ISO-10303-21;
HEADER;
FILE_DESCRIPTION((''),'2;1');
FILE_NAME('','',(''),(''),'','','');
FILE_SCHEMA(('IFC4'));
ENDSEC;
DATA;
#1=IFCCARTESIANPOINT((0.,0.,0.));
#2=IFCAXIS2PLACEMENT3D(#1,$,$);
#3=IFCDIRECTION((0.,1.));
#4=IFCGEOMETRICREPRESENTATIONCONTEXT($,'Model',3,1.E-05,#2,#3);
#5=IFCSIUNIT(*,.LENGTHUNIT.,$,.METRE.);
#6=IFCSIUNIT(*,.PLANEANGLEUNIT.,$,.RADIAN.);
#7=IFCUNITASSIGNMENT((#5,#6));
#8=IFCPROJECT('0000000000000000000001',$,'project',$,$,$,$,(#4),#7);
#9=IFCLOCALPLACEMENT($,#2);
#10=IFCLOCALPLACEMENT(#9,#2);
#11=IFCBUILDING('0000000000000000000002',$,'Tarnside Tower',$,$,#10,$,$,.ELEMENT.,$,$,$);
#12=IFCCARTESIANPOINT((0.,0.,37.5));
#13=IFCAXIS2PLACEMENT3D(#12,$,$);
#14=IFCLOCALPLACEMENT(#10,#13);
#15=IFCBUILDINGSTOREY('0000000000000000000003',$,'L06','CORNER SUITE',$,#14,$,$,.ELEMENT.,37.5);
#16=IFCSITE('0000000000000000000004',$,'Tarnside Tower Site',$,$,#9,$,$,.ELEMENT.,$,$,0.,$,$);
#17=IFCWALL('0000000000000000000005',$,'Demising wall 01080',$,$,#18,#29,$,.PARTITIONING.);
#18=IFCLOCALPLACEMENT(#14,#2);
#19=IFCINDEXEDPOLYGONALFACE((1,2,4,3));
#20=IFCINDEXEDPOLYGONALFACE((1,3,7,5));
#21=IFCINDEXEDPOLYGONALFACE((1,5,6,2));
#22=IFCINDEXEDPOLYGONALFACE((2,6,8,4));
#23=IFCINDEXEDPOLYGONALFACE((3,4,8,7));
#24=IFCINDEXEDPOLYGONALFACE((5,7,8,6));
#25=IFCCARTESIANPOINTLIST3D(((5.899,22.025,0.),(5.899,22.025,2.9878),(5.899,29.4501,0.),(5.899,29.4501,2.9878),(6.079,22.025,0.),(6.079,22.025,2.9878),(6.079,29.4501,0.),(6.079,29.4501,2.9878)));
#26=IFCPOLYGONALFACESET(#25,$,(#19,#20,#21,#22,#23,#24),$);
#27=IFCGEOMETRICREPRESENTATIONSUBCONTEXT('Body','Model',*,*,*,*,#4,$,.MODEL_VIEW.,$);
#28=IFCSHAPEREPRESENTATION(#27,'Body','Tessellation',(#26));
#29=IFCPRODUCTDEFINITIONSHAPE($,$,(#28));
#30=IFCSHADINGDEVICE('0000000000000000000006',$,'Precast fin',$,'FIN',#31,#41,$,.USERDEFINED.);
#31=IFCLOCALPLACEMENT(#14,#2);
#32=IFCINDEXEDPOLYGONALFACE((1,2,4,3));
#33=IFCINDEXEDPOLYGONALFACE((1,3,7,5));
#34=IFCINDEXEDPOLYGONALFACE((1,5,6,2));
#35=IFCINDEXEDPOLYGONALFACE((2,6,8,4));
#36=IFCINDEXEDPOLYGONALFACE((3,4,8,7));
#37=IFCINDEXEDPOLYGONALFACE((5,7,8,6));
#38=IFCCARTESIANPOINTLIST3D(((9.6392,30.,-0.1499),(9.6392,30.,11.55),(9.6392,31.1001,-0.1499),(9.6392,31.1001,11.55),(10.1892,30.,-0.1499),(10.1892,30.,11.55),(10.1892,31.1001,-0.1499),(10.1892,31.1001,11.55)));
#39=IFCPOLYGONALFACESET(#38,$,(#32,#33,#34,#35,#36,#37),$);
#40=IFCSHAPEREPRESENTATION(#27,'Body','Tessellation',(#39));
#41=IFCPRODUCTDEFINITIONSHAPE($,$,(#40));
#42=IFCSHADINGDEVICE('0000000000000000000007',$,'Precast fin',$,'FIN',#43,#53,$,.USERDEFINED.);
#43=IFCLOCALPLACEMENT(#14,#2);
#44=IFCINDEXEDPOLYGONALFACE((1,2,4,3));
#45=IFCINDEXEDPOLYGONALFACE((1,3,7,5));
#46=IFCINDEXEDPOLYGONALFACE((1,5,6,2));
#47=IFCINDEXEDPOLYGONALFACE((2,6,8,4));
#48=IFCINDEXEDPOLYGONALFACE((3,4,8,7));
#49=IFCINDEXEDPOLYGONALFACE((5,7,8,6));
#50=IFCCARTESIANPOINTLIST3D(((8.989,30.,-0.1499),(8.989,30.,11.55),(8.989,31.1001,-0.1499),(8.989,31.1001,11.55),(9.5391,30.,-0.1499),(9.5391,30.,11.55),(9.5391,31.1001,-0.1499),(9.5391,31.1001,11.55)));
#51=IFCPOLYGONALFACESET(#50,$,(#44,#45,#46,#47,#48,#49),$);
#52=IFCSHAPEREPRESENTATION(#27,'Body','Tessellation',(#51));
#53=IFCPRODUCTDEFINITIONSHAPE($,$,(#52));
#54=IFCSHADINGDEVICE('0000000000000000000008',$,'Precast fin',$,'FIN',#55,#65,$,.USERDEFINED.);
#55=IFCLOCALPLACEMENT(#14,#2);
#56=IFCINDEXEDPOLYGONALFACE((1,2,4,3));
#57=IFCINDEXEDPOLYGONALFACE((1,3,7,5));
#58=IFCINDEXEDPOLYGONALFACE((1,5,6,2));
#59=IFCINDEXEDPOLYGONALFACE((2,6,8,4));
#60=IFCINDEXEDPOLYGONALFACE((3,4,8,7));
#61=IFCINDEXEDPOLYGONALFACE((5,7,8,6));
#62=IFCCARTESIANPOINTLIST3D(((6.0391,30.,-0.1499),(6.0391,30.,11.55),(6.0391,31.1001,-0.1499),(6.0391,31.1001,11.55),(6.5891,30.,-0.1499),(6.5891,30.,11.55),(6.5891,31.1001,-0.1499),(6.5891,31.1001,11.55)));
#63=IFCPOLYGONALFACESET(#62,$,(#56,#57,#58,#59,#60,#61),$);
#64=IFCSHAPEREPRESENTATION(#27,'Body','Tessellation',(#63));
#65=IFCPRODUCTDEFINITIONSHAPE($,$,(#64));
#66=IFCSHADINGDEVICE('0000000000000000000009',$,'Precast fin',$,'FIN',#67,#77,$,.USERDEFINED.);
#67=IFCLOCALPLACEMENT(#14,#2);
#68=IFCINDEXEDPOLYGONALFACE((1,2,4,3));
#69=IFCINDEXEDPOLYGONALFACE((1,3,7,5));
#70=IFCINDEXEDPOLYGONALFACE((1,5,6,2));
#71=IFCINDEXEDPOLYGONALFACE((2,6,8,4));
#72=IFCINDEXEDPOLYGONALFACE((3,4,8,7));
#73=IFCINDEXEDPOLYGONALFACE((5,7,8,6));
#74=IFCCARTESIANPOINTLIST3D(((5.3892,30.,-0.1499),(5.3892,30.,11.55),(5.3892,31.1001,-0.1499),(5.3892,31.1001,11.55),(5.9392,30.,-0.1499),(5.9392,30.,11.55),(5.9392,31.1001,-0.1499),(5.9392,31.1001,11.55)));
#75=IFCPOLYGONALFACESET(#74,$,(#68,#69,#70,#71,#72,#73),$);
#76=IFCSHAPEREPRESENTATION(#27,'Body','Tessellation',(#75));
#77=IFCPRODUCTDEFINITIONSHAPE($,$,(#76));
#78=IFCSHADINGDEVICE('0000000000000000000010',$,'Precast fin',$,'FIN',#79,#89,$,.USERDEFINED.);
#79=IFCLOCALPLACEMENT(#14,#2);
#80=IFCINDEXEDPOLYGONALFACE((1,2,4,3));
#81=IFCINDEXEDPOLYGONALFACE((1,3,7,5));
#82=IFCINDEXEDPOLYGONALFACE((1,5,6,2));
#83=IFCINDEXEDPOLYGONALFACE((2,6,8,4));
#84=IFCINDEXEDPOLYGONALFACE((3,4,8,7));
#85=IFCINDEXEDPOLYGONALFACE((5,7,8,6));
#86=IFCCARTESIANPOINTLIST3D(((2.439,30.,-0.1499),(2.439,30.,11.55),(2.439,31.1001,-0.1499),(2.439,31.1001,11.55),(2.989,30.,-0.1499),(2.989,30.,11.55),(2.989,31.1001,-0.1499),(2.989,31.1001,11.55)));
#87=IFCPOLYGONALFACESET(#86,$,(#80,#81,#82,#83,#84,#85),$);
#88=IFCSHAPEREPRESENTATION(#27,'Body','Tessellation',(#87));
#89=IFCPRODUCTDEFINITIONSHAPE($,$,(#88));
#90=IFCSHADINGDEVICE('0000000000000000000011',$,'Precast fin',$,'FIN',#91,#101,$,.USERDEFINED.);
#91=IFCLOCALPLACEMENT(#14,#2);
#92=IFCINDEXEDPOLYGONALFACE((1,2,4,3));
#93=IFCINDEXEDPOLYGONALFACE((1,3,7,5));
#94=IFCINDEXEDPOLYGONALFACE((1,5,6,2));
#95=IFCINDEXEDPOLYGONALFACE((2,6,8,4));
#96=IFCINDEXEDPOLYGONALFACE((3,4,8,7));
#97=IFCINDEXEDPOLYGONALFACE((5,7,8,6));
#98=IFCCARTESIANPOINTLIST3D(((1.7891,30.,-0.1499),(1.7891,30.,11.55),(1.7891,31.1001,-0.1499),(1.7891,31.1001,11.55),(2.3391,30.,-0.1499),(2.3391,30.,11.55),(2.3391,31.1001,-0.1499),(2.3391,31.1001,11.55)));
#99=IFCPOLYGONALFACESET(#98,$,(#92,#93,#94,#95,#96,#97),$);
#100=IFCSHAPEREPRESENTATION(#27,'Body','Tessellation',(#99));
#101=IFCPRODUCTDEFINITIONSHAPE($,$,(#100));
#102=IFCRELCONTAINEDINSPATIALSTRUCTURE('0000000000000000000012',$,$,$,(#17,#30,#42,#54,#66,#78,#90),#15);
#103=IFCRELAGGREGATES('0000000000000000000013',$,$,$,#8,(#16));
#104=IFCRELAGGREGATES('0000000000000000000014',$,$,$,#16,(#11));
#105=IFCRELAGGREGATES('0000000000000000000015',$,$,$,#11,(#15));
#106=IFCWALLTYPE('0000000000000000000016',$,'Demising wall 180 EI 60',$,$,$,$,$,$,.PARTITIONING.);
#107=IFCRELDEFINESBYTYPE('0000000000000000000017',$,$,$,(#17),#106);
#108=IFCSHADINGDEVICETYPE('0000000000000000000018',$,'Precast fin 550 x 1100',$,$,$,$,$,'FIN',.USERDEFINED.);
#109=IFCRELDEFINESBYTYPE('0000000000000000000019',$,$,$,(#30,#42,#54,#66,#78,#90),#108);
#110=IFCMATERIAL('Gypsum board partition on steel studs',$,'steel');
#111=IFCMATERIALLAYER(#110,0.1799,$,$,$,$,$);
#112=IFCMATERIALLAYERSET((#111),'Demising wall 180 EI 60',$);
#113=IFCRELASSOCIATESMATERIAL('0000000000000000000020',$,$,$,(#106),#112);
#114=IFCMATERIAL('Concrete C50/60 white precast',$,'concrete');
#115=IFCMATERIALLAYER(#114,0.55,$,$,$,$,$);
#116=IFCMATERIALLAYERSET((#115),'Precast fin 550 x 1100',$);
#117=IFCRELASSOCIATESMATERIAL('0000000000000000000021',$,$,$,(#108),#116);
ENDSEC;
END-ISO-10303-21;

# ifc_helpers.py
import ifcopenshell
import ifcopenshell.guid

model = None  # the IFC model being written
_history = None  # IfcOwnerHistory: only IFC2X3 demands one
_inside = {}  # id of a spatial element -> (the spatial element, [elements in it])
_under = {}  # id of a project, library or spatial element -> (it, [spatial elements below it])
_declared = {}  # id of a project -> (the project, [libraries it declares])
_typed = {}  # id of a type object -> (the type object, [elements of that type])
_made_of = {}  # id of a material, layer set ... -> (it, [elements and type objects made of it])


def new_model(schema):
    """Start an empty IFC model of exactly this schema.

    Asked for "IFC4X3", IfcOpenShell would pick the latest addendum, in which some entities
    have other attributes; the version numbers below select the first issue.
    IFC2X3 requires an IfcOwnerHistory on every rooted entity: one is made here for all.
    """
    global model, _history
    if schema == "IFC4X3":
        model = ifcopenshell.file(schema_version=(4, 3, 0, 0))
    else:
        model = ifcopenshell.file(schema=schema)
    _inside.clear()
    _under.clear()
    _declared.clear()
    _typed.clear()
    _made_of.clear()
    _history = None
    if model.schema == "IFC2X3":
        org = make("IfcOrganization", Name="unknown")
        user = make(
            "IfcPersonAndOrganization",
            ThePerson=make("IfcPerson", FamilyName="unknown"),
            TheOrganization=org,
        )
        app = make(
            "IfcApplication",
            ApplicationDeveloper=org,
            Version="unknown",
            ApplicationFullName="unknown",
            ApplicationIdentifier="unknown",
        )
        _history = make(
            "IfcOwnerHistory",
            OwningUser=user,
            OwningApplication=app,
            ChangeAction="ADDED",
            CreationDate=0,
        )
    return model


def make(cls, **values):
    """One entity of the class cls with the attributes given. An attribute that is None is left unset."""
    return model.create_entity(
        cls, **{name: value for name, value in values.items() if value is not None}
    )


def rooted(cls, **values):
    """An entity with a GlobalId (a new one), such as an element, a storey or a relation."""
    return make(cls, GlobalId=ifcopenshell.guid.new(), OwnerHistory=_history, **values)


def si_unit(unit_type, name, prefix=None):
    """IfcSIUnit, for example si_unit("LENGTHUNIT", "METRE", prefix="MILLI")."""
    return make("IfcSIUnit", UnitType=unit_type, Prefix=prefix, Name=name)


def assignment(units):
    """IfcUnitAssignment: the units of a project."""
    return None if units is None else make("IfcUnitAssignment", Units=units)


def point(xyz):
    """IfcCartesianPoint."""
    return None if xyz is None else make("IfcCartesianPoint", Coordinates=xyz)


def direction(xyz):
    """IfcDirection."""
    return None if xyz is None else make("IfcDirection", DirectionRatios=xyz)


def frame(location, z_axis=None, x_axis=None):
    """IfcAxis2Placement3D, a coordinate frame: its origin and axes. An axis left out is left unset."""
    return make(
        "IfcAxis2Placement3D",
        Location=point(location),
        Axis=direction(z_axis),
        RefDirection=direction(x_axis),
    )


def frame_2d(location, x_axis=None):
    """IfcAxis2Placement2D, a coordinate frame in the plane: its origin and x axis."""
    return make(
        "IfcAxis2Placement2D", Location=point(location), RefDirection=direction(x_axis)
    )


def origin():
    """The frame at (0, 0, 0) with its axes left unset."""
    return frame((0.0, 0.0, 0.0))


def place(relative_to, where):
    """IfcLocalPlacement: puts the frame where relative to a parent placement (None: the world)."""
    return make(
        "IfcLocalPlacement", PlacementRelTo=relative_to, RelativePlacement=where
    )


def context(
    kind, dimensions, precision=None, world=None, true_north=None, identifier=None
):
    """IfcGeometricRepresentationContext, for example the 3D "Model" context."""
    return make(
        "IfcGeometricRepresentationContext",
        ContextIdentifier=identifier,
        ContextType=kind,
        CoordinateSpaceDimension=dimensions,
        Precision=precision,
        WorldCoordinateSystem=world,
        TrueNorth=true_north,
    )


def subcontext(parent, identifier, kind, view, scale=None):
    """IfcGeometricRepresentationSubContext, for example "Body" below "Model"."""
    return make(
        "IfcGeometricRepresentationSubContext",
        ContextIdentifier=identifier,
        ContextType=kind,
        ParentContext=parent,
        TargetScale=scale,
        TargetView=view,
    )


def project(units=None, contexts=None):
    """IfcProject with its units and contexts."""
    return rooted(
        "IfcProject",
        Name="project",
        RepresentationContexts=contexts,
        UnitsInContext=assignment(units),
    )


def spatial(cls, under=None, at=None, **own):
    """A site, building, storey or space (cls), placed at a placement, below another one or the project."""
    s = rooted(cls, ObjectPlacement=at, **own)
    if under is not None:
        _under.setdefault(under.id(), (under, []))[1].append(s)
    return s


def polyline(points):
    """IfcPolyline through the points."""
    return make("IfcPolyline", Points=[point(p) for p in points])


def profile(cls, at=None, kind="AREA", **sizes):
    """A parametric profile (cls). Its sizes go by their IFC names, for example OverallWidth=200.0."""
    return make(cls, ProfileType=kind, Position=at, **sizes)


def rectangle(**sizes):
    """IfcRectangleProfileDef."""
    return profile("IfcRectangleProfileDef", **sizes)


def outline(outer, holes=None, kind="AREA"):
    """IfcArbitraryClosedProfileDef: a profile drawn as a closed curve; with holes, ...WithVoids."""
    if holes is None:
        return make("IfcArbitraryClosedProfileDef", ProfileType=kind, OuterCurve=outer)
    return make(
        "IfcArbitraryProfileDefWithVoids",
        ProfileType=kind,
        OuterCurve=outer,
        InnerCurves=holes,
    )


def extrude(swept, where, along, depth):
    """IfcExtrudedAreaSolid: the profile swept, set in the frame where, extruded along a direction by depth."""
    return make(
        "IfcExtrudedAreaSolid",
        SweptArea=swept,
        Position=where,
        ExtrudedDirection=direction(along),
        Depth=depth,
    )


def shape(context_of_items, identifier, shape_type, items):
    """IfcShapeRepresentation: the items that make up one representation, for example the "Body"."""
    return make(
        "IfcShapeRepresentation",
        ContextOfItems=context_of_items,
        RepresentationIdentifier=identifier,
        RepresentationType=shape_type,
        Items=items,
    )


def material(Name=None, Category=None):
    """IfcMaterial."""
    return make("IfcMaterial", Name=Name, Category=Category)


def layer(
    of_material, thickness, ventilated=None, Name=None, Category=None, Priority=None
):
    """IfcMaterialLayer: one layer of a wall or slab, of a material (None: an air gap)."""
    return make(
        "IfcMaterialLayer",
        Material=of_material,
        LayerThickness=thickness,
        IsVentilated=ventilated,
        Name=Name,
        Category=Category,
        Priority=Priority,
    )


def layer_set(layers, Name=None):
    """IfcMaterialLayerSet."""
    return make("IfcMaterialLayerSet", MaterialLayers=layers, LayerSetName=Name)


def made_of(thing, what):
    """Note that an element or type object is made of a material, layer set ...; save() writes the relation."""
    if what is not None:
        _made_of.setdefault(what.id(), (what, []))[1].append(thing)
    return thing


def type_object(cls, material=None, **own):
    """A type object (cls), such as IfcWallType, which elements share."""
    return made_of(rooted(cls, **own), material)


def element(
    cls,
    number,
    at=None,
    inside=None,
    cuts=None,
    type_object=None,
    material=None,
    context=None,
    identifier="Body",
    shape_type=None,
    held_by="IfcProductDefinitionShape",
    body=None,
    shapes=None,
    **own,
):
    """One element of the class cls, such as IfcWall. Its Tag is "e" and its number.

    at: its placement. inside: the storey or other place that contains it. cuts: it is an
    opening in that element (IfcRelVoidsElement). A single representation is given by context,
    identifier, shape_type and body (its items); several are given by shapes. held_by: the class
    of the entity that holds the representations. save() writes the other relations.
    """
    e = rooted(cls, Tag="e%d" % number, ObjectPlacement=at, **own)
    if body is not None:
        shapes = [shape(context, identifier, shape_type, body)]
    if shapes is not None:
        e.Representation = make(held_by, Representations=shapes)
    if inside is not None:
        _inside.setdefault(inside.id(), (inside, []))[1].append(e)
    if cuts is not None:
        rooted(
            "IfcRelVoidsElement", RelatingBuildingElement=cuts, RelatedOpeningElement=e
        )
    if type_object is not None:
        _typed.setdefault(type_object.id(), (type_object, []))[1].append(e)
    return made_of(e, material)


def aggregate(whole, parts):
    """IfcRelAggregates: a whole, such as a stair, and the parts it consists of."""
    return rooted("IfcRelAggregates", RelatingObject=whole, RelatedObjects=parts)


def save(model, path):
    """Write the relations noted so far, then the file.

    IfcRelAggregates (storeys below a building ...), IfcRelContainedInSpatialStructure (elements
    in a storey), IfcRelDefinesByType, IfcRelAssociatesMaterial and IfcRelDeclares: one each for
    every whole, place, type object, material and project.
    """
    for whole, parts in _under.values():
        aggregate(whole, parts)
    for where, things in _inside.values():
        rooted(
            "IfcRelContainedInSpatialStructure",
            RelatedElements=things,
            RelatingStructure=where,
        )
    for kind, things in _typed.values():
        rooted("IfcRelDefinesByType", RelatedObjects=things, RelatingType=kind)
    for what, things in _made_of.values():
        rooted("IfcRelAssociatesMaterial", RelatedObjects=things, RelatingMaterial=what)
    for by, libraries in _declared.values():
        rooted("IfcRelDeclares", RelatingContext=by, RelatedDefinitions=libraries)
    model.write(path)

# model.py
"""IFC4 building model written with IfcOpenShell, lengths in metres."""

from ifc_helpers import new_model, si_unit, direction, frame, frame_2d, origin, place, context, subcontext, project, spatial, polyline, rectangle, outline, extrude, material, layer, layer_set, type_object, element, save


model = new_model("IFC4")

# Units and contexts
model_context = context("Model", 3, precision=1e-05, world=origin(), true_north=direction((0.0, 1.0)))
body_context = subcontext(model_context, "Body", "Model", "MODEL_VIEW")
ifc_project = project(units=[si_unit("LENGTHUNIT", "METRE"), si_unit("PLANEANGLEUNIT", "RADIAN")], contexts=[model_context])

# Site, building, storey
site_placement = place(None, origin())
site = spatial("IfcSite", under=ifc_project, at=site_placement, Name="Tarnside Tower Site", CompositionType="ELEMENT", RefElevation=0.0)
building_placement = place(site_placement, origin())
building = spatial("IfcBuilding", under=site, at=building_placement, Name="Tarnside Tower", CompositionType="ELEMENT")
storey_placement = place(building_placement, frame((0.0, 0.0, 37.5)))
storey = spatial("IfcBuildingStorey", under=building, at=storey_placement, Name="L06", Description="CORNER SUITE", CompositionType="ELEMENT", Elevation=37.5)

# Shared definitions
ifc_material_1 = material(Name="Gypsum board partition on steel studs", Category="steel")

# Wall
ifc_layer_1 = layer(ifc_material_1, 0.1799)
ifc_layer_set_1 = layer_set([ifc_layer_1], Name="Demising wall 180 EI 60")
wall_type_1 = type_object("IfcWallType", Name="Demising wall 180 EI 60", PredefinedType="PARTITIONING", material=ifc_layer_set_1)
wall_1_placement = place(storey_placement, frame((5.989, 29.45, 0.0), z_axis=(0.0, 0.0, 1.0), x_axis=(0.0, -1.0, 0.0)))
element("IfcWall", 1, at=wall_1_placement, inside=storey, type_object=wall_type_1, Name="Demising wall 01080", PredefinedType="PARTITIONING", context=body_context, shape_type="SweptSolid", body=[
    extrude(rectangle(XDim=7.425, YDim=0.1799, at=frame_2d((3.7124, 0.0))), origin(), (0.0, 0.0, 1.0), 2.9878),
])

# Shading devices
ifc_material_2 = material(Name="Concrete C50/60 white precast", Category="concrete")
ifc_layer_2 = layer(ifc_material_2, 0.55)
ifc_layer_set_2 = layer_set([ifc_layer_2], Name="Precast fin 550 x 1100")
shading_device_type = type_object("IfcShadingDeviceType", Name="Precast fin 550 x 1100", ElementType="FIN", PredefinedType="USERDEFINED", material=ifc_layer_set_2)
for number, where, z_axis, x_axis, name in (
    (2, (9.9141, 30.0, -0.1499), (1.0, 0.0, 0.0), (0.0, 1.0, 0.0), "Precast fin"),
    (3, (9.2639, 30.0, -0.1499), (1.0, 0.0, 0.0), (0.0, 1.0, 0.0), "Precast fin"),
    (4, (6.314, 30.0, -0.1499), (1.0, 0.0, 0.0), (0.0, 1.0, 0.0), "Precast fin"),
    (5, (5.6641, 30.0, -0.1499), (1.0, 0.0, 0.0), (0.0, 1.0, 0.0), "Precast fin"),
    (6, (2.7139, 30.0, -0.1499), (1.0, 0.0, 0.0), (0.0, 1.0, 0.0), "Precast fin"),
    (7, (2.064, 30.0, -0.1499), (1.0, 0.0, 0.0), (0.0, 1.0, 0.0), "Precast fin"),
):
    element("IfcShadingDevice", number, at=place(storey_placement, frame(where, z_axis=z_axis, x_axis=x_axis)), inside=storey, type_object=shading_device_type, Name=name, ObjectType="FIN", PredefinedType="USERDEFINED", context=body_context, shape_type="SweptSolid", body=[
        extrude(outline(polyline([(0.0, 0.0), (1.1001, 0.0), (1.1001, 11.7), (0.0, 11.7), (0.0, 0.0)])), frame((0.0, 0.0, -0.2749)), (0.0, 0.0, 1.0), 0.55),
    ])

save(model, "model.ifc")
